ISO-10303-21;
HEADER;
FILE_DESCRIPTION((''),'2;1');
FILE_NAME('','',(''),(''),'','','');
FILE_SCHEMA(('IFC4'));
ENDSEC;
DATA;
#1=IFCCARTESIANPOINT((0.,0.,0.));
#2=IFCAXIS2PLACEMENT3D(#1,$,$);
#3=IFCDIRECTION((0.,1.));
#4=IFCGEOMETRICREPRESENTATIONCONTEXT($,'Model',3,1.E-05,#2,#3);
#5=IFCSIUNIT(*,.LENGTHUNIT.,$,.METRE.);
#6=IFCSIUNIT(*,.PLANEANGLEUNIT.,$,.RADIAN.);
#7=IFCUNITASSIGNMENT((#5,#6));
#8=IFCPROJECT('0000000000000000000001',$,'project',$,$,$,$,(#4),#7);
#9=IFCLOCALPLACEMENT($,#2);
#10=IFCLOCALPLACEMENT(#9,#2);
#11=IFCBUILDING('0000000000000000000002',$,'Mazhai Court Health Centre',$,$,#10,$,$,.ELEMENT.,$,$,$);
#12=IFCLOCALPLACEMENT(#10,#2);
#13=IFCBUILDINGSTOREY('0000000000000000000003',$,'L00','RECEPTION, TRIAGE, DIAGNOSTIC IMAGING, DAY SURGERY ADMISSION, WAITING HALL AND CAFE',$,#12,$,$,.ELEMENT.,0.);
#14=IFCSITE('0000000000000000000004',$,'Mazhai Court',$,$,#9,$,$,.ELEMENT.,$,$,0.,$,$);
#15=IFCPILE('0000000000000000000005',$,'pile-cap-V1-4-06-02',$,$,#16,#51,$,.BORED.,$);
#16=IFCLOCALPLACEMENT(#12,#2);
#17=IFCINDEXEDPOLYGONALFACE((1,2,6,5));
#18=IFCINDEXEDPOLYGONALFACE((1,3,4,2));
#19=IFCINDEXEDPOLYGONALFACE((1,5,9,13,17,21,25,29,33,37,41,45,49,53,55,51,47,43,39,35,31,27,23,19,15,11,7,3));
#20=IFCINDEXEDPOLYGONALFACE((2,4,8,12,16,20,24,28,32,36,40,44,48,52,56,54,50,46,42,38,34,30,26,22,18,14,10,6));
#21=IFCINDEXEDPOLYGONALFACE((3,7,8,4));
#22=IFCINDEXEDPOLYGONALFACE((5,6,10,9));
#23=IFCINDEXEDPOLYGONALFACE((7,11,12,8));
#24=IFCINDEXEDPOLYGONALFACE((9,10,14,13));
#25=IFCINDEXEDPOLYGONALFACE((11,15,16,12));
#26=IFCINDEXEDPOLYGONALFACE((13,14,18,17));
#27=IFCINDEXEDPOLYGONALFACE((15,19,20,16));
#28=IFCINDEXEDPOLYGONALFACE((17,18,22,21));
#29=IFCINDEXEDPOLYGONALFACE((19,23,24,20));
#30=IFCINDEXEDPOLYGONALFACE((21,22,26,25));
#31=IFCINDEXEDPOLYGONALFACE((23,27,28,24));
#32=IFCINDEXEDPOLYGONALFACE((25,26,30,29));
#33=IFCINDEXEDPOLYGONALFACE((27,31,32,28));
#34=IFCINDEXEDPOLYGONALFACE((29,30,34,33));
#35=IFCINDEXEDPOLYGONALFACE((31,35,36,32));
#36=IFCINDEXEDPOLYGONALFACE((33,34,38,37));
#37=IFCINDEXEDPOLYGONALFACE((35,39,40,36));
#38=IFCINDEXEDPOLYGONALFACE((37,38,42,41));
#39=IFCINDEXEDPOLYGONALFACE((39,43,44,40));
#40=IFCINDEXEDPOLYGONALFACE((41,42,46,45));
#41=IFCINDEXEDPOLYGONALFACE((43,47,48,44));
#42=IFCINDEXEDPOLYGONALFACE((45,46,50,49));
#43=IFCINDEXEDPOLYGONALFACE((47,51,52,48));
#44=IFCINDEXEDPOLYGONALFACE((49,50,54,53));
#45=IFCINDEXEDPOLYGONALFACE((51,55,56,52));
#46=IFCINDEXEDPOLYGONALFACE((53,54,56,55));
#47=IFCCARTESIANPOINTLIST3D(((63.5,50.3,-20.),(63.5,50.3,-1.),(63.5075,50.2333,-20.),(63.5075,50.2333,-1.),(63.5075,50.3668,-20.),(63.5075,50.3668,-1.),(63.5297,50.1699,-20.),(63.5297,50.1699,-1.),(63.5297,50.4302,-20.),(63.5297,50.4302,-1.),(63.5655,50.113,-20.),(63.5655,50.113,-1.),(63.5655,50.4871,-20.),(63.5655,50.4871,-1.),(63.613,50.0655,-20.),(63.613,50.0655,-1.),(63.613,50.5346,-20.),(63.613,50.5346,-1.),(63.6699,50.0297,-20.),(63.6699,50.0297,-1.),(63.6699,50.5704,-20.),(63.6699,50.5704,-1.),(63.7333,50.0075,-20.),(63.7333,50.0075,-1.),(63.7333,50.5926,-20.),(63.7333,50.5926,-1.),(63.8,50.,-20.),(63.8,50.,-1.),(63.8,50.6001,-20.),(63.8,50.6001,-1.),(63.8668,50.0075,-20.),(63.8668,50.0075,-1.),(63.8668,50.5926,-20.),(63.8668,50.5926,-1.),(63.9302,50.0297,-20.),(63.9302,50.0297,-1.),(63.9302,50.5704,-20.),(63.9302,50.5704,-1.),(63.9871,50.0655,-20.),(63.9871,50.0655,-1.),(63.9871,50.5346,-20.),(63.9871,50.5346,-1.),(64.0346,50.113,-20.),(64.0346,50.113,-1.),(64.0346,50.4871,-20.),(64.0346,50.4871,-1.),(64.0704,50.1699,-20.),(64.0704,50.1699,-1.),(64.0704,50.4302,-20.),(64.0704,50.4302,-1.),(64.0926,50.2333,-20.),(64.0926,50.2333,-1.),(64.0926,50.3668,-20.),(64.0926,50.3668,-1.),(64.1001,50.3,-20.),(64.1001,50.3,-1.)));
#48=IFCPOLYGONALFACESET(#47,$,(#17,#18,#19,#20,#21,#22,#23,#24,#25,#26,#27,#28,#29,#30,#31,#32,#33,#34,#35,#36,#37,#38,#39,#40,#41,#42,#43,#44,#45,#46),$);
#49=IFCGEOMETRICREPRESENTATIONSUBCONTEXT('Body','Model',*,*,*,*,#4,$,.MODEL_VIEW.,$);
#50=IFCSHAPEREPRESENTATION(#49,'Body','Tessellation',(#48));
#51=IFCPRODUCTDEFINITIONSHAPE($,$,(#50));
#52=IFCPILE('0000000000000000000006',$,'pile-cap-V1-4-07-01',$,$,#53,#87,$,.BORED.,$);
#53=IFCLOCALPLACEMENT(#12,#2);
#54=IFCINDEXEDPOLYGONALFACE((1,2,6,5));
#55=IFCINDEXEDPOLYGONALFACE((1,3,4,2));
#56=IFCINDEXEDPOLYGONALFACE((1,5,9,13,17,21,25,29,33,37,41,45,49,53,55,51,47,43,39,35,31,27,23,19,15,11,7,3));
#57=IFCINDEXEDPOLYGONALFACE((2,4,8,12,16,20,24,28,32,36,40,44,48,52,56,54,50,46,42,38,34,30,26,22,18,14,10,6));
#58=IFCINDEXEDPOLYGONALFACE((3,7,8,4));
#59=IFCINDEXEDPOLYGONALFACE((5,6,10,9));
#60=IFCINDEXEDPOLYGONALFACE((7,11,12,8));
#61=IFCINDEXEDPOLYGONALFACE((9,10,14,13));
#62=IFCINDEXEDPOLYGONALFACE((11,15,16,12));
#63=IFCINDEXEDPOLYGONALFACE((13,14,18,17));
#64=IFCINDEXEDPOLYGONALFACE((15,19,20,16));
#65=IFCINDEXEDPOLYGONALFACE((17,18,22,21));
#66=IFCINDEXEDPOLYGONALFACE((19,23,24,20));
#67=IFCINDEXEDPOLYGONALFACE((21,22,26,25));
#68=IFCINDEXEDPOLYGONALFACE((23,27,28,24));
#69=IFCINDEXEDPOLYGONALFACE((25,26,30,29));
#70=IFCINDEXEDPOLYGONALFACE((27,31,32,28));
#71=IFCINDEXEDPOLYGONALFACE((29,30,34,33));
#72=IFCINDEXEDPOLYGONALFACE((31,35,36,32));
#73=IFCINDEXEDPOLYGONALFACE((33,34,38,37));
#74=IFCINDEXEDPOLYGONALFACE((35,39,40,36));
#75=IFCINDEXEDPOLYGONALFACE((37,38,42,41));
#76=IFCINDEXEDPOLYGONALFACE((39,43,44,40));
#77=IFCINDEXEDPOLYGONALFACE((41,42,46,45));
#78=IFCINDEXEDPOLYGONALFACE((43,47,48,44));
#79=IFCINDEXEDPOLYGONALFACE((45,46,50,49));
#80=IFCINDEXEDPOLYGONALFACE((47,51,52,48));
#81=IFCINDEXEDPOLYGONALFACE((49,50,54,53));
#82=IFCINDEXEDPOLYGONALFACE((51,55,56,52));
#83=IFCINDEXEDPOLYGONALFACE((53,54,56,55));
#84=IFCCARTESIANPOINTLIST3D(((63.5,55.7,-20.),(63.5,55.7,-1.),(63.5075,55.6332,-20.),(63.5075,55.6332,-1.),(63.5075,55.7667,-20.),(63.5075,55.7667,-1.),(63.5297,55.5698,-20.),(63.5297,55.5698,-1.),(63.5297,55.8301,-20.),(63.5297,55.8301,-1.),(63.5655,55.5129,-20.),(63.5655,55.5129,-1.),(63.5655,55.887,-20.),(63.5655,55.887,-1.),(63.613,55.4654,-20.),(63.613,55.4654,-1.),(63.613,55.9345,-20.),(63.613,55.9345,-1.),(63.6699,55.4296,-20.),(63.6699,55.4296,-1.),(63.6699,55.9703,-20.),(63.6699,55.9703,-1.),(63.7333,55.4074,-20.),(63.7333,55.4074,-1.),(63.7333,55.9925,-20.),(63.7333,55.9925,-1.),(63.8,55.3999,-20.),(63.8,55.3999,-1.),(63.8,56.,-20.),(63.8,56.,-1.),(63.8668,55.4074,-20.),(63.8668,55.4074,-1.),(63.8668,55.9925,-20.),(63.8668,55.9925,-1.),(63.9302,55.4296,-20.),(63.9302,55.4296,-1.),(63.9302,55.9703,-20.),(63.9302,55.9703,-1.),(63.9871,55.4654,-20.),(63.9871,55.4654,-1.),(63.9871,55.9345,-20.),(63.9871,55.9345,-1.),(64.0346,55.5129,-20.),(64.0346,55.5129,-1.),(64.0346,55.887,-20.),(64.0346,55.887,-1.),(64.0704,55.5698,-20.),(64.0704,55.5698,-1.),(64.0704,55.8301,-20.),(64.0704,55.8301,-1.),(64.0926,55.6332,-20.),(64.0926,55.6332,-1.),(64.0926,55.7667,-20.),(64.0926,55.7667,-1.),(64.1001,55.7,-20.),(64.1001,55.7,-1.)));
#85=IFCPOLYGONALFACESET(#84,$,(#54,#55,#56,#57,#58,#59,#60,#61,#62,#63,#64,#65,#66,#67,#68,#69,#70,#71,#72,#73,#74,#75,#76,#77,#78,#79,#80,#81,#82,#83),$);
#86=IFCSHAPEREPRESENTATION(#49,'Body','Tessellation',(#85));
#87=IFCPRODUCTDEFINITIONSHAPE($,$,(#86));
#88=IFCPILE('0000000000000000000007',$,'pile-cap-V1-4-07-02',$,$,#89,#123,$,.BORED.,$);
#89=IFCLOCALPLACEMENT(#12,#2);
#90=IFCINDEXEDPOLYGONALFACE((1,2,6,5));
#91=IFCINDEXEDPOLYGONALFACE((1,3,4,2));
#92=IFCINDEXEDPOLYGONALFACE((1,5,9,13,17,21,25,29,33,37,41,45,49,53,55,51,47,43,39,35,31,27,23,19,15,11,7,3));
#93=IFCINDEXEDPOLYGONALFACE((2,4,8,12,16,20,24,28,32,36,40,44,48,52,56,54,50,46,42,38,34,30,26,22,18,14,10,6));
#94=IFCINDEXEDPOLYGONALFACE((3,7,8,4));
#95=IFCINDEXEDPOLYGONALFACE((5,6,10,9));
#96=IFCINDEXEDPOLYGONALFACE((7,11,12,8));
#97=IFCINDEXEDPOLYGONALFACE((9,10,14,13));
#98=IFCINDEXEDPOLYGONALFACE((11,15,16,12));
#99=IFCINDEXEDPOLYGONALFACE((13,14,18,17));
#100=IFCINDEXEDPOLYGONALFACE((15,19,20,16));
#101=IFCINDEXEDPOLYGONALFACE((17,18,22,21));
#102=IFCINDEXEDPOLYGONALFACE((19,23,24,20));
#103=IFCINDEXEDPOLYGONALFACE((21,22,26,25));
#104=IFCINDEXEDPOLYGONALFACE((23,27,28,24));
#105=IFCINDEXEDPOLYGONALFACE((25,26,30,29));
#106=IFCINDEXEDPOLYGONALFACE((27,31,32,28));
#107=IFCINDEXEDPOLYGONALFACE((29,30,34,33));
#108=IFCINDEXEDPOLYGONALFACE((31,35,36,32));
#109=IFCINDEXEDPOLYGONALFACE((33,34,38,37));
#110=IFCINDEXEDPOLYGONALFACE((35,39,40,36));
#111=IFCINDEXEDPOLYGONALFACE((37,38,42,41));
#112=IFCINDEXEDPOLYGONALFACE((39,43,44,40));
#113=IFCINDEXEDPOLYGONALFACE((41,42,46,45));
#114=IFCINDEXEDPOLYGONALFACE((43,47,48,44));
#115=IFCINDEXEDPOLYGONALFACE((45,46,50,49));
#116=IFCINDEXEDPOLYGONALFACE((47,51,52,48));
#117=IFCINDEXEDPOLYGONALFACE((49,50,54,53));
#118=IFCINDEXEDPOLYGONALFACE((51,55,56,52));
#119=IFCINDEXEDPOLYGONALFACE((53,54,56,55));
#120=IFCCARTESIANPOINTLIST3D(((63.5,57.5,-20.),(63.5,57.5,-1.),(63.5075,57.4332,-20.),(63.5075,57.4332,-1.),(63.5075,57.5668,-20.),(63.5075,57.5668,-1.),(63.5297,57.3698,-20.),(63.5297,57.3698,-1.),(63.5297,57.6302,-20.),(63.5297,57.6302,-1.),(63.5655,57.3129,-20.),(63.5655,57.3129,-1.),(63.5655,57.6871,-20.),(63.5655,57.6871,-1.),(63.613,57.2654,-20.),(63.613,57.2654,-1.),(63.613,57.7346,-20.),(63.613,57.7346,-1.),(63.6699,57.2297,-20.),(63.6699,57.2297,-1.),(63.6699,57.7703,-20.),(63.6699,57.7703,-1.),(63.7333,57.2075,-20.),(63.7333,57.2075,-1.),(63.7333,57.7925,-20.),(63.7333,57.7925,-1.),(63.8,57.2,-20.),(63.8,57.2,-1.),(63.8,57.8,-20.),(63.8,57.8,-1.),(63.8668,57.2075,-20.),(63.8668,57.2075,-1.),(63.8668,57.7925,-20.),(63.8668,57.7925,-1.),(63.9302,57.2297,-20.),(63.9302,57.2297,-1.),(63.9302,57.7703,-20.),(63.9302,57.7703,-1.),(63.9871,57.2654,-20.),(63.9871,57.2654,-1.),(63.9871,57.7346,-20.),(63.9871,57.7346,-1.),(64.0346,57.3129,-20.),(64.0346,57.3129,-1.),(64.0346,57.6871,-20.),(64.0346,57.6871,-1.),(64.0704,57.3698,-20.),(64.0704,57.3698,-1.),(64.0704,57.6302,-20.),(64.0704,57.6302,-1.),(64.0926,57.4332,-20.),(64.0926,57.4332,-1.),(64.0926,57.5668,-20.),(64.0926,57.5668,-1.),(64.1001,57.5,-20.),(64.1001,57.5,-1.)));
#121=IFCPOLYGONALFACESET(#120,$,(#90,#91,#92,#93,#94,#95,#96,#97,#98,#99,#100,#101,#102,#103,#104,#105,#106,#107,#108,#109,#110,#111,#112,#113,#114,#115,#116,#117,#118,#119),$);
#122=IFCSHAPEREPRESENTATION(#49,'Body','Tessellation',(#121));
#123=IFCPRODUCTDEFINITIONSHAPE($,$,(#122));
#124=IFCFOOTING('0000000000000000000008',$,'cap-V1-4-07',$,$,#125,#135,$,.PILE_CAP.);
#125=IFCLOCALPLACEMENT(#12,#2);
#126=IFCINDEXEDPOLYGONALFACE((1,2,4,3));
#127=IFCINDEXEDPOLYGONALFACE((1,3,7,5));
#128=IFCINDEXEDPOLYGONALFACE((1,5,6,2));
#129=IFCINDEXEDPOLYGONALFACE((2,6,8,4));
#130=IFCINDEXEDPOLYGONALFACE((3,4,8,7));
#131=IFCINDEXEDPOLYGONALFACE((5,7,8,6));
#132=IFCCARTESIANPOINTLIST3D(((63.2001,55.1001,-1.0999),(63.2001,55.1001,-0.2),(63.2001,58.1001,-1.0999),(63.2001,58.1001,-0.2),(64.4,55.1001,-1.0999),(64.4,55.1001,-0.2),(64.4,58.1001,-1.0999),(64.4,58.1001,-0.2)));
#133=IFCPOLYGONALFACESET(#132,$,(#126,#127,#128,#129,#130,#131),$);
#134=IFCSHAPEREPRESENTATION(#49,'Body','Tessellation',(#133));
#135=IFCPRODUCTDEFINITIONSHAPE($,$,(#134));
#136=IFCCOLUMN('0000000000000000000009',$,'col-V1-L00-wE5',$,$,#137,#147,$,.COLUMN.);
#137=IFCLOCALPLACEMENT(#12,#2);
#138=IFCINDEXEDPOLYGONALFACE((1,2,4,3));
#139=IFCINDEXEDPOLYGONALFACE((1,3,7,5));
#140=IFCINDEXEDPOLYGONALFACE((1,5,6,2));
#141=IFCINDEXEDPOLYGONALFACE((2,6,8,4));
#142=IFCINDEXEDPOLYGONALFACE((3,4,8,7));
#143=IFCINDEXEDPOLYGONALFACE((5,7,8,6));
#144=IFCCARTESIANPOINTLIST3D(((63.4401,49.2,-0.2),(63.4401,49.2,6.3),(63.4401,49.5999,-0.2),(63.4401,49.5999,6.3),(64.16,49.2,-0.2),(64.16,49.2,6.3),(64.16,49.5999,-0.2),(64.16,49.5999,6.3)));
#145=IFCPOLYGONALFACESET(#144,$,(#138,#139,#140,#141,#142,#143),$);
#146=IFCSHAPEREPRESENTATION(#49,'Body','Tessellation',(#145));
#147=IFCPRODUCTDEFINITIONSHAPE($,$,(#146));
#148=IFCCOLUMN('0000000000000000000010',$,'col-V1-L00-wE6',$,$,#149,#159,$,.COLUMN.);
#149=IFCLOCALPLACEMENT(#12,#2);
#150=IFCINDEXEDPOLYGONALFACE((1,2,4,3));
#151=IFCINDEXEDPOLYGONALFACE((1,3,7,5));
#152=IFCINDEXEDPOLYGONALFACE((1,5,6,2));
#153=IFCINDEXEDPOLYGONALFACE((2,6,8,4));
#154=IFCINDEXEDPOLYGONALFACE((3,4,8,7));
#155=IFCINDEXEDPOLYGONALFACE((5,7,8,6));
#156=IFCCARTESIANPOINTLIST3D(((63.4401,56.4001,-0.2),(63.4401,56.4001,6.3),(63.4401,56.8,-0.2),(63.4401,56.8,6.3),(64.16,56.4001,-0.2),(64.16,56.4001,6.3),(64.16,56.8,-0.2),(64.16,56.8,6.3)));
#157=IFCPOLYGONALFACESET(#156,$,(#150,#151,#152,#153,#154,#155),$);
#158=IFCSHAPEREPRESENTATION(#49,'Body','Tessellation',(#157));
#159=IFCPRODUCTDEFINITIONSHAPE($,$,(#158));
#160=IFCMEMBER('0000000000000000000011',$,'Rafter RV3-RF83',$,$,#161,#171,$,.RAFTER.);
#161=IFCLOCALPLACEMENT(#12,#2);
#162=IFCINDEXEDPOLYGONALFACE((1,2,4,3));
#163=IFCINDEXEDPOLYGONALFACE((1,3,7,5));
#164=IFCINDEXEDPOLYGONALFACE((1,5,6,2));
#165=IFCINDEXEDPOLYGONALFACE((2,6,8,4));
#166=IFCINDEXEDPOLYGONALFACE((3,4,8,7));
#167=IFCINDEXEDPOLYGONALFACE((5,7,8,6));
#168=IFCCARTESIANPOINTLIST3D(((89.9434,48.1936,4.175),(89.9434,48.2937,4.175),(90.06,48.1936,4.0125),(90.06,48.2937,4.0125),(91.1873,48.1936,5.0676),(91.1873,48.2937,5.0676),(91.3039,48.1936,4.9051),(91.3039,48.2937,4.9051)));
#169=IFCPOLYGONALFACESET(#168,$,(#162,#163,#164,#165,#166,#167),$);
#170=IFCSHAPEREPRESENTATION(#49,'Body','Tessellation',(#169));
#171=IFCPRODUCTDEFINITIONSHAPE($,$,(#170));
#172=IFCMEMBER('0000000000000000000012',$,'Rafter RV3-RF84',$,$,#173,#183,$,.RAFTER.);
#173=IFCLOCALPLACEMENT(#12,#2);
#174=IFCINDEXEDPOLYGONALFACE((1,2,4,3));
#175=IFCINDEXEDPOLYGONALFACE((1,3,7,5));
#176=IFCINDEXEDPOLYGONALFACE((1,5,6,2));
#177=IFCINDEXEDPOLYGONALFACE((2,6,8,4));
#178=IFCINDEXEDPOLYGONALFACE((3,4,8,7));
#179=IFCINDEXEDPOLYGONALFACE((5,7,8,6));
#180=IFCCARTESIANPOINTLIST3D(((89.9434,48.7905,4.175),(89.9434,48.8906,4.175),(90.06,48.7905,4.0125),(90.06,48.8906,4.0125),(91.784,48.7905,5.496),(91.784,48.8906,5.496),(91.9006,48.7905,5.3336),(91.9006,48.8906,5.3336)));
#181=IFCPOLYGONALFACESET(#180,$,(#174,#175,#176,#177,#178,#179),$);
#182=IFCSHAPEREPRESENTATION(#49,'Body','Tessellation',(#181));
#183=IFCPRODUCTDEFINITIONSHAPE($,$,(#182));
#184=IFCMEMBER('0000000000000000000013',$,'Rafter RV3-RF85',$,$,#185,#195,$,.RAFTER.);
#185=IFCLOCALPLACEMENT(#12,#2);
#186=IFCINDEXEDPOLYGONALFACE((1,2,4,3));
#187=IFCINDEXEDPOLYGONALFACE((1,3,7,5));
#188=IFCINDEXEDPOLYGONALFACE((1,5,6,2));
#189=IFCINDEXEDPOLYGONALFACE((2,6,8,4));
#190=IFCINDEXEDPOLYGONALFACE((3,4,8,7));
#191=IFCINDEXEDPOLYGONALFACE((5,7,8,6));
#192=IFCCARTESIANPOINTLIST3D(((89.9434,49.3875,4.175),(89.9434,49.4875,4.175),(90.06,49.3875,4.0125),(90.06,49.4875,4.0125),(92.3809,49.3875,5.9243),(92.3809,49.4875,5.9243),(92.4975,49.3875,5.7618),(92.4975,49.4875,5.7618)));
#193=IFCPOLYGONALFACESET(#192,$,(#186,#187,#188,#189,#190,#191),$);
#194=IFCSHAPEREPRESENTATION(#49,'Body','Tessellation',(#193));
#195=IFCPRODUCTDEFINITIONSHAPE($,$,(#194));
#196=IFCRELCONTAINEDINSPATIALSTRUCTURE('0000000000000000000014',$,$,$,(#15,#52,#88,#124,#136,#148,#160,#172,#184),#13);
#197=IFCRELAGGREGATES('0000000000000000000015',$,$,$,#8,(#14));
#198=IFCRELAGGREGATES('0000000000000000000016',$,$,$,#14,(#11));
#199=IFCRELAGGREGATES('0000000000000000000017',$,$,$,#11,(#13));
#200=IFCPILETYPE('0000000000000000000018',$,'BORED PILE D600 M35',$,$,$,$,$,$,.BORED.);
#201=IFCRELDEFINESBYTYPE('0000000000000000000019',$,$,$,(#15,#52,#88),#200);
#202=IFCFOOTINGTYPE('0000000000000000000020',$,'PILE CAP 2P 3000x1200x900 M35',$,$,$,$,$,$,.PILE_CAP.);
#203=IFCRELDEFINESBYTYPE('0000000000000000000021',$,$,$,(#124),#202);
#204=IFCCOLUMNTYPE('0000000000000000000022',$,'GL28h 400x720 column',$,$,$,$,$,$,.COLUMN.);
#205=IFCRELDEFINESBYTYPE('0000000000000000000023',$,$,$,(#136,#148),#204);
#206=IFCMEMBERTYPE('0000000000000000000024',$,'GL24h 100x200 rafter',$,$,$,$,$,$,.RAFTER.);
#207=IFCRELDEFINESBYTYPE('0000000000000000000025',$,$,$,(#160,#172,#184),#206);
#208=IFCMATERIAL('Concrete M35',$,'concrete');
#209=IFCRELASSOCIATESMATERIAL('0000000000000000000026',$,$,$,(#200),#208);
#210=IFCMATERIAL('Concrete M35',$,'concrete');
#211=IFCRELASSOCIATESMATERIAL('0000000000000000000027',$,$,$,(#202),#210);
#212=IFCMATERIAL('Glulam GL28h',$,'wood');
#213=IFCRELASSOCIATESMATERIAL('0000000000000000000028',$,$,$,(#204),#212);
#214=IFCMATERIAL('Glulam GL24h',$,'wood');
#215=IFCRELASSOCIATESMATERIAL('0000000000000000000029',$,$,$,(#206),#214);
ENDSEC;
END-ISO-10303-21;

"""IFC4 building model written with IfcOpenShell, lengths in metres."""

from ifc_helpers import new_model, si_unit, direction, frame, origin, origin_2d, place, context, subcontext, project, spatial, rectangle, circle, extrude, material, material_profile, profile_set, type_object, element, save


model = new_model("IFC4")

# Units and contexts
model_context = context("Model", 3, precision=1e-05, world=origin(), true_north=direction((0.0, 1.0)))
body_context = subcontext(model_context, "Body", "Model", "MODEL_VIEW")
ifc_project = project(units=[si_unit("LENGTHUNIT", "METRE"), si_unit("PLANEANGLEUNIT", "RADIAN")], contexts=[model_context])

# Site, building, storey
site_placement = place(None, origin())
site = spatial("IfcSite", under=ifc_project, at=site_placement, Name="Mazhai Court", CompositionType="ELEMENT", RefElevation=0.0)
building_placement = place(site_placement, origin())
building = spatial("IfcBuilding", under=site, at=building_placement, Name="Mazhai Court Health Centre", CompositionType="ELEMENT")
storey_placement = place(building_placement, origin())
storey = spatial("IfcBuildingStorey", under=building, at=storey_placement, Name="L00", Description="RECEPTION, TRIAGE, DIAGNOSTIC IMAGING, DAY SURGERY ADMISSION, WAITING HALL AND CAFE", CompositionType="ELEMENT", Elevation=0.0)

# Piles
ifc_material_1 = material(Name="Concrete M35", Category="concrete")
ifc_material_profile_1 = material_profile(ifc_material_1, circle(Radius=0.3, at=origin_2d()), Name="RC PILE D600")
ifc_profile_set_1 = profile_set([ifc_material_profile_1], Name="Concrete M35")
pile_type = type_object("IfcPileType", Name="BORED PILE D600 M35", PredefinedType="BORED", material=ifc_profile_set_1)
for number, where, z_axis, x_axis, name in (
    (1, (63.8, 50.3, -1.0), (0.0, 0.0, -1.0), (1.0, 0.0, 0.0), "pile-cap-V1-4-06-02"),
    (2, (63.8, 55.7, -1.0), (0.0, 0.0, -1.0), (1.0, 0.0, 0.0), "pile-cap-V1-4-07-01"),
    (3, (63.8, 57.5, -1.0), (0.0, 0.0, -1.0), (1.0, 0.0, 0.0), "pile-cap-V1-4-07-02"),
):
    element("IfcPile", number, at=place(storey_placement, frame(where, z_axis=z_axis, x_axis=x_axis)), inside=storey, type_object=pile_type, Name=name, PredefinedType="BORED", context=body_context, shape_type="SweptSolid", body=[
        extrude(circle(Radius=0.3, at=origin_2d()), origin(), (0.0, 0.0, 1.0), 19.0),
    ])

# Footing
ifc_material_2 = material(Name="Concrete M35", Category="concrete")
footing_type = type_object("IfcFootingType", Name="PILE CAP 2P 3000x1200x900 M35", PredefinedType="PILE_CAP", material=ifc_material_2)
footing_placement = place(storey_placement, frame((63.8, 56.6001, -1.0999), z_axis=(0.0, 0.0, 1.0), x_axis=(1.0, 0.0, 0.0)))
element("IfcFooting", 4, at=footing_placement, inside=storey, type_object=footing_type, Name="cap-V1-4-07", PredefinedType="PILE_CAP", context=body_context, shape_type="SweptSolid", body=[
    extrude(rectangle(XDim=1.2, YDim=3.0, at=origin_2d()), origin(), (0.0, 0.0, 1.0), 0.8999),
])

# Columns
ifc_material_3 = material(Name="Glulam GL28h", Category="wood")
ifc_material_profile_2 = material_profile(ifc_material_3, rectangle(XDim=0.3999, YDim=0.72, at=origin_2d()), Name="GL28h 400x720")
ifc_profile_set_2 = profile_set([ifc_material_profile_2], Name="Glulam GL28h")
column_type = type_object("IfcColumnType", Name="GL28h 400x720 column", PredefinedType="COLUMN", material=ifc_profile_set_2)
for number, where, z_axis, x_axis, name in (
    (5, (63.8, 49.3999, -0.2), (0.0, 0.0, 1.0), (0.0, 1.0, 0.0), "col-V1-L00-wE5"),
    (6, (63.8, 56.6001, -0.2), (0.0, 0.0, 1.0), (0.0, 1.0, 0.0), "col-V1-L00-wE6"),
):
    element("IfcColumn", number, at=place(storey_placement, frame(where, z_axis=z_axis, x_axis=x_axis)), inside=storey, type_object=column_type, Name=name, PredefinedType="COLUMN", context=body_context, shape_type="SweptSolid", body=[
        extrude(rectangle(XDim=0.3999, YDim=0.72, at=origin_2d()), origin(), (0.0, 0.0, 1.0), 6.5),
    ])

# Members
ifc_material_4 = material(Name="Glulam GL24h", Category="wood")
ifc_material_profile_3 = material_profile(ifc_material_4, rectangle(XDim=0.1001, YDim=0.2, at=origin_2d()), Name="GL24h 100x200")
ifc_profile_set_3 = profile_set([ifc_material_profile_3], Name="Glulam GL24h")
member_type = type_object("IfcMemberType", Name="GL24h 100x200 rafter", PredefinedType="RAFTER", material=ifc_profile_set_3)
member_1_placement = place(storey_placement, frame((90.0017, 48.2437, 4.0938), z_axis=(0.812471, 0.0, 0.583002), x_axis=(0.0, 1.0, 0.0)))
element("IfcMember", 7, at=member_1_placement, inside=storey, type_object=member_type, Name="Rafter RV3-RF83", PredefinedType="RAFTER", context=body_context, shape_type="SweptSolid", body=[
    extrude(rectangle(XDim=0.1001, YDim=0.2, at=origin_2d()), origin(), (0.0, 0.0, 1.0), 1.531),
])
member_2_placement = place(storey_placement, frame((90.0017, 48.8406, 4.0938), z_axis=(0.812406, 0.0, 0.583092), x_axis=(0.0, 1.0, 0.0)))
element("IfcMember", 8, at=member_2_placement, inside=storey, type_object=member_type, Name="Rafter RV3-RF84", PredefinedType="RAFTER", context=body_context, shape_type="SweptSolid", body=[
    extrude(rectangle(XDim=0.1001, YDim=0.2, at=origin_2d()), origin(), (0.0, 0.0, 1.0), 2.2656),
])
member_3_placement = place(storey_placement, frame((90.0017, 49.4375, 4.0938), z_axis=(0.812439, 0.0, 0.583046), x_axis=(0.0, 1.0, 0.0)))
element("IfcMember", 9, at=member_3_placement, inside=storey, type_object=member_type, Name="Rafter RV3-RF85", PredefinedType="RAFTER", context=body_context, shape_type="SweptSolid", body=[
    extrude(rectangle(XDim=0.1001, YDim=0.2, at=origin_2d()), origin(), (0.0, 0.0, 1.0), 3.0002),
])

save(model, "model.ifc")
